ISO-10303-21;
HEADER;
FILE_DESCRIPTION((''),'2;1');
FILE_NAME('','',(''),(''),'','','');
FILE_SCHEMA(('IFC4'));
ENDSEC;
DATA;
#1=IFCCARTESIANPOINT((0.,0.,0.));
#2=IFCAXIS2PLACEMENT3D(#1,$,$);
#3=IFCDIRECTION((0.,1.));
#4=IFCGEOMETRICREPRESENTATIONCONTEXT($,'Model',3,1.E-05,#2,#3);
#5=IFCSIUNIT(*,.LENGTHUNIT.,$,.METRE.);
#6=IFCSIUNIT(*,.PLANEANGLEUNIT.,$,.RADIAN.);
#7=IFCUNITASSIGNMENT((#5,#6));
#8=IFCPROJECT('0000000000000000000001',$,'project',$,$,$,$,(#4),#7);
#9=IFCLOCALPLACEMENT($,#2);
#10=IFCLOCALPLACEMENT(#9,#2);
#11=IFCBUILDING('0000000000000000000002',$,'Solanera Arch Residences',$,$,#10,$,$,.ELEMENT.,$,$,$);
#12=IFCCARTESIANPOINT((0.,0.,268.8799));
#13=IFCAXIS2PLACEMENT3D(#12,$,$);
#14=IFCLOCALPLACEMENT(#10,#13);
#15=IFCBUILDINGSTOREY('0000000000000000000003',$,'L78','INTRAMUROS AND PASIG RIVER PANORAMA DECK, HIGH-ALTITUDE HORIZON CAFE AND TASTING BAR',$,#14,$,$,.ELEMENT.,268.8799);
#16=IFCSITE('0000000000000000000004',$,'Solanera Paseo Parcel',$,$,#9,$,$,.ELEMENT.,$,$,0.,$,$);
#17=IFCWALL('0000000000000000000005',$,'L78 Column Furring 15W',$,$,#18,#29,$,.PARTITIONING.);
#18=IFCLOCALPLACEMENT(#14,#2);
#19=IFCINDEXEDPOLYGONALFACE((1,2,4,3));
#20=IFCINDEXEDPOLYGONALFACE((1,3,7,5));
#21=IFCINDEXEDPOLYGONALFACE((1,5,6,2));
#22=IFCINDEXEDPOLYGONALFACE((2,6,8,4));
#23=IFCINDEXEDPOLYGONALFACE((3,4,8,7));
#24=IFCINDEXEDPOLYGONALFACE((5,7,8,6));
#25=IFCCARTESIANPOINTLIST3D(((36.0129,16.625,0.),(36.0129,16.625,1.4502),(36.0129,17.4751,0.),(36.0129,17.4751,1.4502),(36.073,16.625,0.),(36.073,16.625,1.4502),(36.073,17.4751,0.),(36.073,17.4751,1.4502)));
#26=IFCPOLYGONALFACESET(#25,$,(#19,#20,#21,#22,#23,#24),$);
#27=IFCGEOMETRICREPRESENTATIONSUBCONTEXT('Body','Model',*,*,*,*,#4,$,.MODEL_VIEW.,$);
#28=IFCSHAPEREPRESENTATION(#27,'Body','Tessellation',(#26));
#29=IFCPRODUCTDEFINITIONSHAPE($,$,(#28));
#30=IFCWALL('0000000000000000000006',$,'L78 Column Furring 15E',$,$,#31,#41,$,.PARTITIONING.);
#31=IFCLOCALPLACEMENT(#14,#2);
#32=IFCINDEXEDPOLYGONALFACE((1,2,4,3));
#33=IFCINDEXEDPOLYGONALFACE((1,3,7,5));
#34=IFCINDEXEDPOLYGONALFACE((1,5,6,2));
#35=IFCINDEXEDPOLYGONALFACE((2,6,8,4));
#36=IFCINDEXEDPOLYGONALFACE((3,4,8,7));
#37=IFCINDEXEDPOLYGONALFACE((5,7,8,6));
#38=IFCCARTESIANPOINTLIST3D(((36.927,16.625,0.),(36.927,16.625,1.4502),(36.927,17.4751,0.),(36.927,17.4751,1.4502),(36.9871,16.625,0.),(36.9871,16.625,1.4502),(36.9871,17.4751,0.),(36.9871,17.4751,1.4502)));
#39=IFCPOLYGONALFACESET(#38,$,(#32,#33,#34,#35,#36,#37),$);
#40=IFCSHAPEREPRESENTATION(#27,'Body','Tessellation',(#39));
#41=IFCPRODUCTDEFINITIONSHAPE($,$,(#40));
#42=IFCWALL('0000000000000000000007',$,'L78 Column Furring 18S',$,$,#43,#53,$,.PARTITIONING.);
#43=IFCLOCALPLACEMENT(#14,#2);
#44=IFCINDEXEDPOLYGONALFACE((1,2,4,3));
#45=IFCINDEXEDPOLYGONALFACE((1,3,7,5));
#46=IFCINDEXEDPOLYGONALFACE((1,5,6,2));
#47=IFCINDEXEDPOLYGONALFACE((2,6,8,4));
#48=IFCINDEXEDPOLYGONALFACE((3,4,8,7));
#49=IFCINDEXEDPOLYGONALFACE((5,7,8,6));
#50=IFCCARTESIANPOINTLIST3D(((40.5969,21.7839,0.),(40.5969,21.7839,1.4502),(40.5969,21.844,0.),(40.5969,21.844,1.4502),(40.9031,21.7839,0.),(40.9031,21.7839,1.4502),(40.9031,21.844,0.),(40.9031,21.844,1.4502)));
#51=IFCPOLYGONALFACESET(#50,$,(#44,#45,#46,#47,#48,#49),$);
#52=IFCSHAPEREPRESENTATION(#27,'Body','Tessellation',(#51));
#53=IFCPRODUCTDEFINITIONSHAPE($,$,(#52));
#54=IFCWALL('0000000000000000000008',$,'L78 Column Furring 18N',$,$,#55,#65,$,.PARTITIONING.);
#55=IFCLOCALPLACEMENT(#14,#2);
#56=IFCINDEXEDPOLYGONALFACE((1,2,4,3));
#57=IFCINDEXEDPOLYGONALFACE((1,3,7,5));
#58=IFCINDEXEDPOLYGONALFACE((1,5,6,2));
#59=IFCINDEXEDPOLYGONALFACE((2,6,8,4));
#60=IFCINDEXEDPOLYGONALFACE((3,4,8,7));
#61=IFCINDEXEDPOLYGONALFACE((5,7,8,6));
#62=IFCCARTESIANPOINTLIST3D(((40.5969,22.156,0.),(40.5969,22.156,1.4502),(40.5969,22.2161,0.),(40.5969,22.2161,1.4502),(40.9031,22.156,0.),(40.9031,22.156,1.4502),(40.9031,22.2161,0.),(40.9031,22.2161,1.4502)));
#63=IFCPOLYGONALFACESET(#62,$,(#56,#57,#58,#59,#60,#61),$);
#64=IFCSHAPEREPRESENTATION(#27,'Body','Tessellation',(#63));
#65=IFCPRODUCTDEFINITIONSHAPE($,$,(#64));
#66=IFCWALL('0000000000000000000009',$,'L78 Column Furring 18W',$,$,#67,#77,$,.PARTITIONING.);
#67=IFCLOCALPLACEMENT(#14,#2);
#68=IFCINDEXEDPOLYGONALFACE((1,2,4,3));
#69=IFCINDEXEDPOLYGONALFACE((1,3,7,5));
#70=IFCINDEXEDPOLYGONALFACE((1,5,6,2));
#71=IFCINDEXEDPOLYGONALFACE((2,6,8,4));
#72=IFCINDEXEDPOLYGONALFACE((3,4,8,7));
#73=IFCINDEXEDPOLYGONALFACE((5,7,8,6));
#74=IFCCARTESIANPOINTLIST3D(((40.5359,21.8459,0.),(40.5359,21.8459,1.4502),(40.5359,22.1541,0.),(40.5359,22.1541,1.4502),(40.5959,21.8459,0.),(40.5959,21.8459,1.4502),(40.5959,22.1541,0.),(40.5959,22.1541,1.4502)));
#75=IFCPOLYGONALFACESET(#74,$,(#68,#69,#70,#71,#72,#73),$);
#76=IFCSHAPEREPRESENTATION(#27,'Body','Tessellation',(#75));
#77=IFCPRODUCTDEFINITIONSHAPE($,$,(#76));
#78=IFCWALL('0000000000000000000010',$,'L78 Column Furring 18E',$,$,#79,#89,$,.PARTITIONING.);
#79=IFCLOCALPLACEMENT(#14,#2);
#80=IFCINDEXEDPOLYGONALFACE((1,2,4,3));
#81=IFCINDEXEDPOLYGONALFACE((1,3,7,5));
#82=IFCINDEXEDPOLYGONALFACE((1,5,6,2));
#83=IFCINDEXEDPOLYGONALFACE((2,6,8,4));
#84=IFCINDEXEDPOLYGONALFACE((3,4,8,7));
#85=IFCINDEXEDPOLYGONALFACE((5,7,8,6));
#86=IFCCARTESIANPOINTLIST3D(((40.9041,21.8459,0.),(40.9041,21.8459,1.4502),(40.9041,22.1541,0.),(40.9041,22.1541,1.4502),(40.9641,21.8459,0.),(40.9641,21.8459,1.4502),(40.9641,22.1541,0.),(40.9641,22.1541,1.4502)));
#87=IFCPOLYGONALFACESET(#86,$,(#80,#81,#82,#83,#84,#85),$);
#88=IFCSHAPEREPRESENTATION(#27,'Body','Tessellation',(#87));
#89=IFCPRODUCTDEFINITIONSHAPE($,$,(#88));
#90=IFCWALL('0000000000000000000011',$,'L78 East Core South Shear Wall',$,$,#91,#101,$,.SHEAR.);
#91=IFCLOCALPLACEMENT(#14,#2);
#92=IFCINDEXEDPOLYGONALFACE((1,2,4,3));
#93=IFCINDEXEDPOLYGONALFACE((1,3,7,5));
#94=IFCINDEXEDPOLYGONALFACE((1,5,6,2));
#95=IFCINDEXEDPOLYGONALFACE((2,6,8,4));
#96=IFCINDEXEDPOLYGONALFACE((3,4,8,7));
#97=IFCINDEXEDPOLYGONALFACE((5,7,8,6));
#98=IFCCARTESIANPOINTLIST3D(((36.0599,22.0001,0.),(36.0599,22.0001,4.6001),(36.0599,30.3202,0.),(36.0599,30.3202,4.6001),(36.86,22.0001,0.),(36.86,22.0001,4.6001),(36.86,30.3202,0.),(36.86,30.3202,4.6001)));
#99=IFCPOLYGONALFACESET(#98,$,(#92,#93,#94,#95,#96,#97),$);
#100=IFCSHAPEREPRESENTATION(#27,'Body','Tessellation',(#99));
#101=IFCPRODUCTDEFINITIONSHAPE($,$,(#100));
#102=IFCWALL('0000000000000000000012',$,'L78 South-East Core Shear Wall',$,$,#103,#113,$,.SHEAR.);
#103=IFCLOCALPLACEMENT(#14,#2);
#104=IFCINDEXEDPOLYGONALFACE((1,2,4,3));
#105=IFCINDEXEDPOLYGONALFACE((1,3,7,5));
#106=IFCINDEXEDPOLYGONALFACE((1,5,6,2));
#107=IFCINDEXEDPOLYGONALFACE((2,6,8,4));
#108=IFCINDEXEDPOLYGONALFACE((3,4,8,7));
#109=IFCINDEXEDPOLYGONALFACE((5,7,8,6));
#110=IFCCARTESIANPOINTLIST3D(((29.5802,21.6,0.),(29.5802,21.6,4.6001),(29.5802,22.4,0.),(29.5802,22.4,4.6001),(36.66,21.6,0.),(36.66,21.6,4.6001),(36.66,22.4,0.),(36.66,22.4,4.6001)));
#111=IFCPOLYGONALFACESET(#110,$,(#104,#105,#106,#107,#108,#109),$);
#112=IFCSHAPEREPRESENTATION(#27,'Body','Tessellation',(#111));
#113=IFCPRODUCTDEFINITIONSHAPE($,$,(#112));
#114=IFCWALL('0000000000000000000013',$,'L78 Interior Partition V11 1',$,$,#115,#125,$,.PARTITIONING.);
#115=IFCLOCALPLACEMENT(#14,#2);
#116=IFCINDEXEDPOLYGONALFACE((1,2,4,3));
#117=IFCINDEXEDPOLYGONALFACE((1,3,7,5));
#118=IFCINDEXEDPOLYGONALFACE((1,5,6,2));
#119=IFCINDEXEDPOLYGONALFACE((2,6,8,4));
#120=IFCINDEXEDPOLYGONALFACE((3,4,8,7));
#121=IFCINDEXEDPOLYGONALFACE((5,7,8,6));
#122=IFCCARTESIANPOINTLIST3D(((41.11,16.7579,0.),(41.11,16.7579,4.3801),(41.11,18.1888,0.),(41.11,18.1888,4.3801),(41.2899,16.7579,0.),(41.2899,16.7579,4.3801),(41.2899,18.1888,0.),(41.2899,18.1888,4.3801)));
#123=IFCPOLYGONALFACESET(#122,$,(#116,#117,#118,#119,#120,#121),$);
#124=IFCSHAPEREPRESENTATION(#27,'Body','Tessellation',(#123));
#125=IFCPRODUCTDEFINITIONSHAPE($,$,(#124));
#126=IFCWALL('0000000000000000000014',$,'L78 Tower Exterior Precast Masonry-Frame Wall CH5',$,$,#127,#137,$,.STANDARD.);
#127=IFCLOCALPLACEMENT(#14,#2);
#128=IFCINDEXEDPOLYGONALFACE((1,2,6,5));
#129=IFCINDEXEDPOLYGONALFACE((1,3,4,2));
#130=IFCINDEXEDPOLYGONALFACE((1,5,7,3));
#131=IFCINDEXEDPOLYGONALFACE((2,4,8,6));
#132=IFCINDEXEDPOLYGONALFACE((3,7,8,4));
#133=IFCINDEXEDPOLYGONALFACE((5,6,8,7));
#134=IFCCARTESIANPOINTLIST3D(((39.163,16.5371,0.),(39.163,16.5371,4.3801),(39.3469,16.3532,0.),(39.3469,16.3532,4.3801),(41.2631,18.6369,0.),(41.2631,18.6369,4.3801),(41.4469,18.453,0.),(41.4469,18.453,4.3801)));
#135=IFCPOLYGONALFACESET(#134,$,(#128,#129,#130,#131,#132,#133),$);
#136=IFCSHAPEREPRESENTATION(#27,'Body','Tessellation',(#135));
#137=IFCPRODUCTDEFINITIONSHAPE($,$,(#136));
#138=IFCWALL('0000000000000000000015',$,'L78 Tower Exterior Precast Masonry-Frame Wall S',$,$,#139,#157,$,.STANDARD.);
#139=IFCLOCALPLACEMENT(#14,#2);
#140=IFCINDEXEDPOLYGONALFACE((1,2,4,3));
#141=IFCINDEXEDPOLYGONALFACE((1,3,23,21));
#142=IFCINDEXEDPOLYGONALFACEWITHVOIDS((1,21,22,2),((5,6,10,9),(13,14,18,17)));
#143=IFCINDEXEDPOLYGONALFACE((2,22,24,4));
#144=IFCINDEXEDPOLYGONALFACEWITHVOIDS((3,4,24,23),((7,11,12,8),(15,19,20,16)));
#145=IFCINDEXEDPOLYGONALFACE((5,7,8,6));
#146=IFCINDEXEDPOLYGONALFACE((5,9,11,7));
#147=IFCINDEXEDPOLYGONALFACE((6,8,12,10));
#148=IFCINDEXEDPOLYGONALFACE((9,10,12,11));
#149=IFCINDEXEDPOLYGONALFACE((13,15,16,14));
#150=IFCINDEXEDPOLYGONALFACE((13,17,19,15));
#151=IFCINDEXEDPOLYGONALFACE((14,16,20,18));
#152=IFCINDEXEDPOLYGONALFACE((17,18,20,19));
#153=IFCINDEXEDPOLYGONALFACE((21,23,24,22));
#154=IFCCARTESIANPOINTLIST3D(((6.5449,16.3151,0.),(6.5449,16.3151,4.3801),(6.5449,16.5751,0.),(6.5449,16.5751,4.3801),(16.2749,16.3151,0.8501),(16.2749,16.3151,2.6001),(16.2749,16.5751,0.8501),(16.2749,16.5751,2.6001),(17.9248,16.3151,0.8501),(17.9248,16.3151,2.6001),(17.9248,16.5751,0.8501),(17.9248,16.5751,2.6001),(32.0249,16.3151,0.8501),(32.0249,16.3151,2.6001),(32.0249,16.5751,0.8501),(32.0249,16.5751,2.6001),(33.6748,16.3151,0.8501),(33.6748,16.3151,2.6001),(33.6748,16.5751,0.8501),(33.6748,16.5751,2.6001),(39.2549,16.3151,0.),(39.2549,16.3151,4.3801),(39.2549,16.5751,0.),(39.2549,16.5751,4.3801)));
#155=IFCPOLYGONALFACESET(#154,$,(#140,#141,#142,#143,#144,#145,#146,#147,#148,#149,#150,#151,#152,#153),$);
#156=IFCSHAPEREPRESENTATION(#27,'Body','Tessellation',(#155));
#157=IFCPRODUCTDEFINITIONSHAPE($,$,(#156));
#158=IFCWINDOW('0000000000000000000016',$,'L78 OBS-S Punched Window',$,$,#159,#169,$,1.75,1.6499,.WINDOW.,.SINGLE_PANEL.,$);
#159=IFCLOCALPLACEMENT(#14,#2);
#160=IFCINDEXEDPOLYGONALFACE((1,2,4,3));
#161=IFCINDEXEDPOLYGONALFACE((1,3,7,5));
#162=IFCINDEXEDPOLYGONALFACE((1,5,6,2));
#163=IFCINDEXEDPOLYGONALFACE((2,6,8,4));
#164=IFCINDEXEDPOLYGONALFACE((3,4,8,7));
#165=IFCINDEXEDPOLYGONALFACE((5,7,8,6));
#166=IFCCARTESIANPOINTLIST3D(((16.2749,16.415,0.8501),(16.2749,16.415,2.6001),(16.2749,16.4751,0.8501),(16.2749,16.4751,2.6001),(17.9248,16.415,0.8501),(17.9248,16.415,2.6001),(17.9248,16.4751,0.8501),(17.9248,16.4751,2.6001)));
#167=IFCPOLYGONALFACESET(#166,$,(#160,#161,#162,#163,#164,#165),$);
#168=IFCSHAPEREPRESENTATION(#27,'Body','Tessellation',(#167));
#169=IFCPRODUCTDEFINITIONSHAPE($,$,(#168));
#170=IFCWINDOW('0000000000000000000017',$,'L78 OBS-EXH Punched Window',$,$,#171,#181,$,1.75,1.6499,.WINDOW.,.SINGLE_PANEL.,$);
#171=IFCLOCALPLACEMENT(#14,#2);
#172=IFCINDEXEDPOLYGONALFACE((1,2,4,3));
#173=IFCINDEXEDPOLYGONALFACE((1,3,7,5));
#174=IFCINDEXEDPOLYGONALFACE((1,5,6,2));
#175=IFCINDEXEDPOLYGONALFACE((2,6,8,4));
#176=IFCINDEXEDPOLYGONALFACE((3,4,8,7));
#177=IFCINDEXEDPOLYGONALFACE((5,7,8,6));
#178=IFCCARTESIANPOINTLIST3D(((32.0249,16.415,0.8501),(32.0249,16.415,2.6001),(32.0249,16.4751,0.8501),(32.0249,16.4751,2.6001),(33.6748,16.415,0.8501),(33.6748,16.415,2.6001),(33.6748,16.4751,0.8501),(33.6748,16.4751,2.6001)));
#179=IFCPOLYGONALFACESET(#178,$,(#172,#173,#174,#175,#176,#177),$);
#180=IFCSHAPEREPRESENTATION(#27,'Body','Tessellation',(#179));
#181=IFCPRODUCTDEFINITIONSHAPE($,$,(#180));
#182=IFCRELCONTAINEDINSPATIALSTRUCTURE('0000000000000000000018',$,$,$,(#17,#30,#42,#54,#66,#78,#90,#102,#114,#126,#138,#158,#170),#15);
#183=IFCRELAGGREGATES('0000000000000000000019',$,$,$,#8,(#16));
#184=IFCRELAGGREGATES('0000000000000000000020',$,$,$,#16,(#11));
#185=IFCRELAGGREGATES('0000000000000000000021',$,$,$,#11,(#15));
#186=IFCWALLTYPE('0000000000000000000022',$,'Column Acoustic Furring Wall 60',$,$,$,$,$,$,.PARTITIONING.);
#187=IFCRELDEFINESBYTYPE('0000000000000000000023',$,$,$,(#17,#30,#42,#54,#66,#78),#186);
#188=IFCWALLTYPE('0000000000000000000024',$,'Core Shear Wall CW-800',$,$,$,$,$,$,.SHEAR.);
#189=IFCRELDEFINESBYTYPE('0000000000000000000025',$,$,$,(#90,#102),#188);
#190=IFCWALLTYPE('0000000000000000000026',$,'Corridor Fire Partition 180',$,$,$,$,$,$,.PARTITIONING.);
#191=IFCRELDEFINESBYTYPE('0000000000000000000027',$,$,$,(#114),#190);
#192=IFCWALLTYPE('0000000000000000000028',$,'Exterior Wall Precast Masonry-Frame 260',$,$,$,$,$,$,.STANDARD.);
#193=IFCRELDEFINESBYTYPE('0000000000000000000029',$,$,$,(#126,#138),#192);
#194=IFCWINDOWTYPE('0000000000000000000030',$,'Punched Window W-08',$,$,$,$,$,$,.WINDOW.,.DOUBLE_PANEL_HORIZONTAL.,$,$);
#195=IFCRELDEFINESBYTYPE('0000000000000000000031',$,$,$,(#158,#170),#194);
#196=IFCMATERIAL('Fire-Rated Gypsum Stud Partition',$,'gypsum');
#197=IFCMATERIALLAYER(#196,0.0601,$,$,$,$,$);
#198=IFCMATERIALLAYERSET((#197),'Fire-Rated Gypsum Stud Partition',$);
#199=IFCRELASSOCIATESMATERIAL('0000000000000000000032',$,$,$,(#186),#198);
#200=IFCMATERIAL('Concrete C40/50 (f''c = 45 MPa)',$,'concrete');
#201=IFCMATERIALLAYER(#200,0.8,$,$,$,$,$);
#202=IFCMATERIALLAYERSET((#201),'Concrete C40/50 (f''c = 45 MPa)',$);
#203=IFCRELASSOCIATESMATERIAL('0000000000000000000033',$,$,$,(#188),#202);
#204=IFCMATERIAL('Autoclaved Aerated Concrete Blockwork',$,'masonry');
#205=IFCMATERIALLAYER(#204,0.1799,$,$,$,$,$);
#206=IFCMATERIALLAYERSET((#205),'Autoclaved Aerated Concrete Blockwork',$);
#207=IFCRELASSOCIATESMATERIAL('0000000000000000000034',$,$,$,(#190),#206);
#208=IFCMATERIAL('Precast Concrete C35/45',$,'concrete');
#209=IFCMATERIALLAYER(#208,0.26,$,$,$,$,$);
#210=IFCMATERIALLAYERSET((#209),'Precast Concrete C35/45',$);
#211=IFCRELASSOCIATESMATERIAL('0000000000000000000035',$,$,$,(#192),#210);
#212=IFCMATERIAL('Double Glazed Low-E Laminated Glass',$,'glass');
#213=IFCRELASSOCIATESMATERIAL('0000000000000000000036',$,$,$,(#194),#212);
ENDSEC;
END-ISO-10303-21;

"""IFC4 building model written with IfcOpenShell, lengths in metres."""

from ifc_helpers import new_model, si_unit, direction, frame, frame_2d, origin, place, context, subcontext, project, spatial, rectangle, extrude, material, layer, layer_set, type_object, element, fill, save


model = new_model("IFC4")

# Units and contexts
model_context = context("Model", 3, precision=1e-05, world=origin(), true_north=direction((0.0, 1.0)))
body_context = subcontext(model_context, "Body", "Model", "MODEL_VIEW")
ifc_project = project(units=[si_unit("LENGTHUNIT", "METRE"), si_unit("PLANEANGLEUNIT", "RADIAN")], contexts=[model_context])

# Site, building, storey
site_placement = place(None, origin())
site = spatial("IfcSite", under=ifc_project, at=site_placement, Name="Solanera Paseo Parcel", CompositionType="ELEMENT", RefElevation=0.0)
building_placement = place(site_placement, origin())
building = spatial("IfcBuilding", under=site, at=building_placement, Name="Solanera Arch Residences", CompositionType="ELEMENT")
storey_placement = place(building_placement, frame((0.0, 0.0, 268.8799)))
storey = spatial("IfcBuildingStorey", under=building, at=storey_placement, Name="L78", Description="INTRAMUROS AND PASIG RIVER PANORAMA DECK, HIGH-ALTITUDE HORIZON CAFE AND TASTING BAR", CompositionType="ELEMENT", Elevation=268.8799)

# Walls
ifc_material_1 = material(Name="Fire-Rated Gypsum Stud Partition", Category="gypsum")
ifc_layer_1 = layer(ifc_material_1, 0.0601)
ifc_layer_set_1 = layer_set([ifc_layer_1], Name="Fire-Rated Gypsum Stud Partition")
wall_type_1 = type_object("IfcWallType", Name="Column Acoustic Furring Wall 60", PredefinedType="PARTITIONING", material=ifc_layer_set_1)
for number, where, z_axis, x_axis, name in (
    (1, (36.043, 16.625, 0.0), (0.0, 0.0, 1.0), (0.0, 1.0, 0.0), "L78 Column Furring 15W"),
    (2, (36.957, 16.625, 0.0), (0.0, 0.0, 1.0), (0.0, 1.0, 0.0), "L78 Column Furring 15E"),
):
    element("IfcWall", number, at=place(storey_placement, frame(where, z_axis=z_axis, x_axis=x_axis)), inside=storey, type_object=wall_type_1, Name=name, PredefinedType="PARTITIONING", context=body_context, shape_type="SweptSolid", body=[
        extrude(rectangle(XDim=0.8501, YDim=0.0601, at=frame_2d((0.425, 0.0))), origin(), (0.0, 0.0, 1.0), 1.4502),
    ])
for number, where, z_axis, x_axis, name in (
    (3, (40.5969, 21.814, 0.0), (0.0, 0.0, 1.0), (1.0, 0.0, 0.0), "L78 Column Furring 18S"),
    (4, (40.5969, 22.186, 0.0), (0.0, 0.0, 1.0), (1.0, 0.0, 0.0), "L78 Column Furring 18N"),
):
    element("IfcWall", number, at=place(storey_placement, frame(where, z_axis=z_axis, x_axis=x_axis)), inside=storey, type_object=wall_type_1, Name=name, PredefinedType="PARTITIONING", context=body_context, shape_type="SweptSolid", body=[
        extrude(rectangle(XDim=0.3062, YDim=0.0601, at=frame_2d((0.1531, 0.0))), origin(), (0.0, 0.0, 1.0), 1.4502),
    ])
for number, where, z_axis, x_axis, name in (
    (5, (40.5659, 21.8459, 0.0), (0.0, 0.0, 1.0), (0.0, 1.0, 0.0), "L78 Column Furring 18W"),
    (6, (40.9341, 21.8459, 0.0), (0.0, 0.0, 1.0), (0.0, 1.0, 0.0), "L78 Column Furring 18E"),
):
    element("IfcWall", number, at=place(storey_placement, frame(where, z_axis=z_axis, x_axis=x_axis)), inside=storey, type_object=wall_type_1, Name=name, PredefinedType="PARTITIONING", context=body_context, shape_type="SweptSolid", body=[
        extrude(rectangle(XDim=0.3081, YDim=0.0601, at=frame_2d((0.1541, 0.0))), origin(), (0.0, 0.0, 1.0), 1.4502),
    ])
ifc_material_2 = material(Name="Concrete C40/50 (f'c = 45 MPa)", Category="concrete")
ifc_layer_2 = layer(ifc_material_2, 0.8)
ifc_layer_set_2 = layer_set([ifc_layer_2], Name="Concrete C40/50 (f'c = 45 MPa)")
wall_type_2 = type_object("IfcWallType", Name="Core Shear Wall CW-800", PredefinedType="SHEAR", material=ifc_layer_set_2)
wall_1_placement = place(storey_placement, frame((36.46, 22.0, 0.0), z_axis=(0.0, 0.0, 1.0), x_axis=(0.0, 1.0, 0.0)))
element("IfcWall", 7, at=wall_1_placement, inside=storey, type_object=wall_type_2, Name="L78 East Core South Shear Wall", PredefinedType="SHEAR", context=body_context, shape_type="SweptSolid", body=[
    extrude(rectangle(XDim=8.3201, YDim=0.8, at=frame_2d((4.1602, 0.0))), origin(), (0.0, 0.0, 1.0), 4.6001),
])
wall_2_placement = place(storey_placement, frame((29.5801, 22.0, 0.0), z_axis=(0.0, 0.0, 1.0), x_axis=(1.0, 0.0, 0.0)))
element("IfcWall", 8, at=wall_2_placement, inside=storey, type_object=wall_type_2, Name="L78 South-East Core Shear Wall", PredefinedType="SHEAR", context=body_context, shape_type="SweptSolid", body=[
    extrude(rectangle(XDim=7.0798, YDim=0.8, at=frame_2d((3.54, 0.0))), origin(), (0.0, 0.0, 1.0), 4.6001),
])
ifc_material_3 = material(Name="Autoclaved Aerated Concrete Blockwork", Category="masonry")
ifc_layer_3 = layer(ifc_material_3, 0.1799)
ifc_layer_set_3 = layer_set([ifc_layer_3], Name="Autoclaved Aerated Concrete Blockwork")
wall_type_3 = type_object("IfcWallType", Name="Corridor Fire Partition 180", PredefinedType="PARTITIONING", material=ifc_layer_set_3)
wall_3_placement = place(storey_placement, frame((41.2, 16.7581, 0.0), z_axis=(0.0, 0.0, 1.0), x_axis=(0.0, 1.0, 0.0)))
element("IfcWall", 9, at=wall_3_placement, inside=storey, type_object=wall_type_3, Name="L78 Interior Partition V11 1", PredefinedType="PARTITIONING", context=body_context, shape_type="SweptSolid", body=[
    extrude(rectangle(XDim=1.4309, YDim=0.1799, at=frame_2d((0.7153, 0.0))), origin(), (0.0, 0.0, 1.0), 4.3801),
])
ifc_material_4 = material(Name="Precast Concrete C35/45", Category="concrete")
ifc_layer_4 = layer(ifc_material_4, 0.26)
ifc_layer_set_4 = layer_set([ifc_layer_4], Name="Precast Concrete C35/45")
wall_type_4 = type_object("IfcWallType", Name="Exterior Wall Precast Masonry-Frame 260", PredefinedType="STANDARD", material=ifc_layer_set_4)
wall_4_placement = place(storey_placement, frame((41.355, 18.5449, 0.0), z_axis=(0.0, 0.0, 1.0), x_axis=(-0.707148, -0.707066, 0.0)))
element("IfcWall", 10, at=wall_4_placement, inside=storey, type_object=wall_type_4, Name="L78 Tower Exterior Precast Masonry-Frame Wall CH5", PredefinedType="STANDARD", context=body_context, shape_type="SweptSolid", body=[
    extrude(rectangle(XDim=2.9697, YDim=0.26, at=frame_2d((1.4849, 0.0))), origin(), (0.0, 0.0, 1.0), 4.3801),
])

# Wall, openings, windows
wall_5_placement = place(storey_placement, frame((39.2549, 16.4451, 0.0), z_axis=(0.0, 0.0, 1.0), x_axis=(-1.0, 0.0, 0.0)))
wall_5 = element("IfcWall", 11, at=wall_5_placement, inside=storey, type_object=wall_type_4, Name="L78 Tower Exterior Precast Masonry-Frame Wall S", PredefinedType="STANDARD", context=body_context, shape_type="SweptSolid", body=[
    extrude(rectangle(XDim=32.71, YDim=0.26, at=frame_2d((16.355, 0.0))), origin(), (0.0, 0.0, 1.0), 4.3801),
])
opening_1_placement = place(wall_5_placement, frame((21.3301, 0.0, 0.8501)))
opening_1 = element("IfcOpeningElement", 12, at=opening_1_placement, cuts=wall_5, PredefinedType="OPENING", context=body_context, shape_type="SweptSolid", body=[
    extrude(rectangle(XDim=1.6499, YDim=1.75, at=frame_2d((0.825, 0.875))), frame((0.0, 0.1399, 0.0), z_axis=(0.0, -1.0, 0.0), x_axis=(1.0, 0.0, 0.0)), (0.0, 0.0, 1.0), 0.28),
])
opening_2_placement = place(wall_5_placement, frame((5.5801, 0.0, 0.8501)))
opening_2 = element("IfcOpeningElement", 13, at=opening_2_placement, cuts=wall_5, PredefinedType="OPENING", context=body_context, shape_type="SweptSolid", body=[
    extrude(rectangle(XDim=1.6499, YDim=1.75, at=frame_2d((0.825, 0.875))), frame((0.0, 0.1399, 0.0), z_axis=(0.0, -1.0, 0.0), x_axis=(1.0, 0.0, 0.0)), (0.0, 0.0, 1.0), 0.28),
])
ifc_material_5 = material(Name="Double Glazed Low-E Laminated Glass", Category="glass")
window_type = type_object("IfcWindowType", Name="Punched Window W-08", PartitioningType="DOUBLE_PANEL_HORIZONTAL", PredefinedType="WINDOW", material=ifc_material_5)
window_1_placement = place(opening_1_placement, origin())
window_1 = element("IfcWindow", 14, at=window_1_placement, inside=storey, type_object=window_type, Name="L78 OBS-S Punched Window", OverallHeight=1.75, OverallWidth=1.6499, PartitioningType="SINGLE_PANEL", PredefinedType="WINDOW", context=body_context, shape_type="SweptSolid", body=[
    extrude(rectangle(XDim=1.6499, YDim=1.75, at=frame_2d((0.825, 0.875))), frame((0.0, 0.03, 0.0), z_axis=(0.0, -1.0, 0.0), x_axis=(1.0, 0.0, 0.0)), (0.0, 0.0, 1.0), 0.0601),
])
fill(opening_1, window_1)
window_2_placement = place(opening_2_placement, origin())
window_2 = element("IfcWindow", 15, at=window_2_placement, inside=storey, type_object=window_type, Name="L78 OBS-EXH Punched Window", OverallHeight=1.75, OverallWidth=1.6499, PartitioningType="SINGLE_PANEL", PredefinedType="WINDOW", context=body_context, shape_type="SweptSolid", body=[
    extrude(rectangle(XDim=1.6499, YDim=1.75, at=frame_2d((0.825, 0.875))), frame((0.0, 0.03, 0.0), z_axis=(0.0, -1.0, 0.0), x_axis=(1.0, 0.0, 0.0)), (0.0, 0.0, 1.0), 0.0601),
])
fill(opening_2, window_2)

save(model, "model.ifc")
